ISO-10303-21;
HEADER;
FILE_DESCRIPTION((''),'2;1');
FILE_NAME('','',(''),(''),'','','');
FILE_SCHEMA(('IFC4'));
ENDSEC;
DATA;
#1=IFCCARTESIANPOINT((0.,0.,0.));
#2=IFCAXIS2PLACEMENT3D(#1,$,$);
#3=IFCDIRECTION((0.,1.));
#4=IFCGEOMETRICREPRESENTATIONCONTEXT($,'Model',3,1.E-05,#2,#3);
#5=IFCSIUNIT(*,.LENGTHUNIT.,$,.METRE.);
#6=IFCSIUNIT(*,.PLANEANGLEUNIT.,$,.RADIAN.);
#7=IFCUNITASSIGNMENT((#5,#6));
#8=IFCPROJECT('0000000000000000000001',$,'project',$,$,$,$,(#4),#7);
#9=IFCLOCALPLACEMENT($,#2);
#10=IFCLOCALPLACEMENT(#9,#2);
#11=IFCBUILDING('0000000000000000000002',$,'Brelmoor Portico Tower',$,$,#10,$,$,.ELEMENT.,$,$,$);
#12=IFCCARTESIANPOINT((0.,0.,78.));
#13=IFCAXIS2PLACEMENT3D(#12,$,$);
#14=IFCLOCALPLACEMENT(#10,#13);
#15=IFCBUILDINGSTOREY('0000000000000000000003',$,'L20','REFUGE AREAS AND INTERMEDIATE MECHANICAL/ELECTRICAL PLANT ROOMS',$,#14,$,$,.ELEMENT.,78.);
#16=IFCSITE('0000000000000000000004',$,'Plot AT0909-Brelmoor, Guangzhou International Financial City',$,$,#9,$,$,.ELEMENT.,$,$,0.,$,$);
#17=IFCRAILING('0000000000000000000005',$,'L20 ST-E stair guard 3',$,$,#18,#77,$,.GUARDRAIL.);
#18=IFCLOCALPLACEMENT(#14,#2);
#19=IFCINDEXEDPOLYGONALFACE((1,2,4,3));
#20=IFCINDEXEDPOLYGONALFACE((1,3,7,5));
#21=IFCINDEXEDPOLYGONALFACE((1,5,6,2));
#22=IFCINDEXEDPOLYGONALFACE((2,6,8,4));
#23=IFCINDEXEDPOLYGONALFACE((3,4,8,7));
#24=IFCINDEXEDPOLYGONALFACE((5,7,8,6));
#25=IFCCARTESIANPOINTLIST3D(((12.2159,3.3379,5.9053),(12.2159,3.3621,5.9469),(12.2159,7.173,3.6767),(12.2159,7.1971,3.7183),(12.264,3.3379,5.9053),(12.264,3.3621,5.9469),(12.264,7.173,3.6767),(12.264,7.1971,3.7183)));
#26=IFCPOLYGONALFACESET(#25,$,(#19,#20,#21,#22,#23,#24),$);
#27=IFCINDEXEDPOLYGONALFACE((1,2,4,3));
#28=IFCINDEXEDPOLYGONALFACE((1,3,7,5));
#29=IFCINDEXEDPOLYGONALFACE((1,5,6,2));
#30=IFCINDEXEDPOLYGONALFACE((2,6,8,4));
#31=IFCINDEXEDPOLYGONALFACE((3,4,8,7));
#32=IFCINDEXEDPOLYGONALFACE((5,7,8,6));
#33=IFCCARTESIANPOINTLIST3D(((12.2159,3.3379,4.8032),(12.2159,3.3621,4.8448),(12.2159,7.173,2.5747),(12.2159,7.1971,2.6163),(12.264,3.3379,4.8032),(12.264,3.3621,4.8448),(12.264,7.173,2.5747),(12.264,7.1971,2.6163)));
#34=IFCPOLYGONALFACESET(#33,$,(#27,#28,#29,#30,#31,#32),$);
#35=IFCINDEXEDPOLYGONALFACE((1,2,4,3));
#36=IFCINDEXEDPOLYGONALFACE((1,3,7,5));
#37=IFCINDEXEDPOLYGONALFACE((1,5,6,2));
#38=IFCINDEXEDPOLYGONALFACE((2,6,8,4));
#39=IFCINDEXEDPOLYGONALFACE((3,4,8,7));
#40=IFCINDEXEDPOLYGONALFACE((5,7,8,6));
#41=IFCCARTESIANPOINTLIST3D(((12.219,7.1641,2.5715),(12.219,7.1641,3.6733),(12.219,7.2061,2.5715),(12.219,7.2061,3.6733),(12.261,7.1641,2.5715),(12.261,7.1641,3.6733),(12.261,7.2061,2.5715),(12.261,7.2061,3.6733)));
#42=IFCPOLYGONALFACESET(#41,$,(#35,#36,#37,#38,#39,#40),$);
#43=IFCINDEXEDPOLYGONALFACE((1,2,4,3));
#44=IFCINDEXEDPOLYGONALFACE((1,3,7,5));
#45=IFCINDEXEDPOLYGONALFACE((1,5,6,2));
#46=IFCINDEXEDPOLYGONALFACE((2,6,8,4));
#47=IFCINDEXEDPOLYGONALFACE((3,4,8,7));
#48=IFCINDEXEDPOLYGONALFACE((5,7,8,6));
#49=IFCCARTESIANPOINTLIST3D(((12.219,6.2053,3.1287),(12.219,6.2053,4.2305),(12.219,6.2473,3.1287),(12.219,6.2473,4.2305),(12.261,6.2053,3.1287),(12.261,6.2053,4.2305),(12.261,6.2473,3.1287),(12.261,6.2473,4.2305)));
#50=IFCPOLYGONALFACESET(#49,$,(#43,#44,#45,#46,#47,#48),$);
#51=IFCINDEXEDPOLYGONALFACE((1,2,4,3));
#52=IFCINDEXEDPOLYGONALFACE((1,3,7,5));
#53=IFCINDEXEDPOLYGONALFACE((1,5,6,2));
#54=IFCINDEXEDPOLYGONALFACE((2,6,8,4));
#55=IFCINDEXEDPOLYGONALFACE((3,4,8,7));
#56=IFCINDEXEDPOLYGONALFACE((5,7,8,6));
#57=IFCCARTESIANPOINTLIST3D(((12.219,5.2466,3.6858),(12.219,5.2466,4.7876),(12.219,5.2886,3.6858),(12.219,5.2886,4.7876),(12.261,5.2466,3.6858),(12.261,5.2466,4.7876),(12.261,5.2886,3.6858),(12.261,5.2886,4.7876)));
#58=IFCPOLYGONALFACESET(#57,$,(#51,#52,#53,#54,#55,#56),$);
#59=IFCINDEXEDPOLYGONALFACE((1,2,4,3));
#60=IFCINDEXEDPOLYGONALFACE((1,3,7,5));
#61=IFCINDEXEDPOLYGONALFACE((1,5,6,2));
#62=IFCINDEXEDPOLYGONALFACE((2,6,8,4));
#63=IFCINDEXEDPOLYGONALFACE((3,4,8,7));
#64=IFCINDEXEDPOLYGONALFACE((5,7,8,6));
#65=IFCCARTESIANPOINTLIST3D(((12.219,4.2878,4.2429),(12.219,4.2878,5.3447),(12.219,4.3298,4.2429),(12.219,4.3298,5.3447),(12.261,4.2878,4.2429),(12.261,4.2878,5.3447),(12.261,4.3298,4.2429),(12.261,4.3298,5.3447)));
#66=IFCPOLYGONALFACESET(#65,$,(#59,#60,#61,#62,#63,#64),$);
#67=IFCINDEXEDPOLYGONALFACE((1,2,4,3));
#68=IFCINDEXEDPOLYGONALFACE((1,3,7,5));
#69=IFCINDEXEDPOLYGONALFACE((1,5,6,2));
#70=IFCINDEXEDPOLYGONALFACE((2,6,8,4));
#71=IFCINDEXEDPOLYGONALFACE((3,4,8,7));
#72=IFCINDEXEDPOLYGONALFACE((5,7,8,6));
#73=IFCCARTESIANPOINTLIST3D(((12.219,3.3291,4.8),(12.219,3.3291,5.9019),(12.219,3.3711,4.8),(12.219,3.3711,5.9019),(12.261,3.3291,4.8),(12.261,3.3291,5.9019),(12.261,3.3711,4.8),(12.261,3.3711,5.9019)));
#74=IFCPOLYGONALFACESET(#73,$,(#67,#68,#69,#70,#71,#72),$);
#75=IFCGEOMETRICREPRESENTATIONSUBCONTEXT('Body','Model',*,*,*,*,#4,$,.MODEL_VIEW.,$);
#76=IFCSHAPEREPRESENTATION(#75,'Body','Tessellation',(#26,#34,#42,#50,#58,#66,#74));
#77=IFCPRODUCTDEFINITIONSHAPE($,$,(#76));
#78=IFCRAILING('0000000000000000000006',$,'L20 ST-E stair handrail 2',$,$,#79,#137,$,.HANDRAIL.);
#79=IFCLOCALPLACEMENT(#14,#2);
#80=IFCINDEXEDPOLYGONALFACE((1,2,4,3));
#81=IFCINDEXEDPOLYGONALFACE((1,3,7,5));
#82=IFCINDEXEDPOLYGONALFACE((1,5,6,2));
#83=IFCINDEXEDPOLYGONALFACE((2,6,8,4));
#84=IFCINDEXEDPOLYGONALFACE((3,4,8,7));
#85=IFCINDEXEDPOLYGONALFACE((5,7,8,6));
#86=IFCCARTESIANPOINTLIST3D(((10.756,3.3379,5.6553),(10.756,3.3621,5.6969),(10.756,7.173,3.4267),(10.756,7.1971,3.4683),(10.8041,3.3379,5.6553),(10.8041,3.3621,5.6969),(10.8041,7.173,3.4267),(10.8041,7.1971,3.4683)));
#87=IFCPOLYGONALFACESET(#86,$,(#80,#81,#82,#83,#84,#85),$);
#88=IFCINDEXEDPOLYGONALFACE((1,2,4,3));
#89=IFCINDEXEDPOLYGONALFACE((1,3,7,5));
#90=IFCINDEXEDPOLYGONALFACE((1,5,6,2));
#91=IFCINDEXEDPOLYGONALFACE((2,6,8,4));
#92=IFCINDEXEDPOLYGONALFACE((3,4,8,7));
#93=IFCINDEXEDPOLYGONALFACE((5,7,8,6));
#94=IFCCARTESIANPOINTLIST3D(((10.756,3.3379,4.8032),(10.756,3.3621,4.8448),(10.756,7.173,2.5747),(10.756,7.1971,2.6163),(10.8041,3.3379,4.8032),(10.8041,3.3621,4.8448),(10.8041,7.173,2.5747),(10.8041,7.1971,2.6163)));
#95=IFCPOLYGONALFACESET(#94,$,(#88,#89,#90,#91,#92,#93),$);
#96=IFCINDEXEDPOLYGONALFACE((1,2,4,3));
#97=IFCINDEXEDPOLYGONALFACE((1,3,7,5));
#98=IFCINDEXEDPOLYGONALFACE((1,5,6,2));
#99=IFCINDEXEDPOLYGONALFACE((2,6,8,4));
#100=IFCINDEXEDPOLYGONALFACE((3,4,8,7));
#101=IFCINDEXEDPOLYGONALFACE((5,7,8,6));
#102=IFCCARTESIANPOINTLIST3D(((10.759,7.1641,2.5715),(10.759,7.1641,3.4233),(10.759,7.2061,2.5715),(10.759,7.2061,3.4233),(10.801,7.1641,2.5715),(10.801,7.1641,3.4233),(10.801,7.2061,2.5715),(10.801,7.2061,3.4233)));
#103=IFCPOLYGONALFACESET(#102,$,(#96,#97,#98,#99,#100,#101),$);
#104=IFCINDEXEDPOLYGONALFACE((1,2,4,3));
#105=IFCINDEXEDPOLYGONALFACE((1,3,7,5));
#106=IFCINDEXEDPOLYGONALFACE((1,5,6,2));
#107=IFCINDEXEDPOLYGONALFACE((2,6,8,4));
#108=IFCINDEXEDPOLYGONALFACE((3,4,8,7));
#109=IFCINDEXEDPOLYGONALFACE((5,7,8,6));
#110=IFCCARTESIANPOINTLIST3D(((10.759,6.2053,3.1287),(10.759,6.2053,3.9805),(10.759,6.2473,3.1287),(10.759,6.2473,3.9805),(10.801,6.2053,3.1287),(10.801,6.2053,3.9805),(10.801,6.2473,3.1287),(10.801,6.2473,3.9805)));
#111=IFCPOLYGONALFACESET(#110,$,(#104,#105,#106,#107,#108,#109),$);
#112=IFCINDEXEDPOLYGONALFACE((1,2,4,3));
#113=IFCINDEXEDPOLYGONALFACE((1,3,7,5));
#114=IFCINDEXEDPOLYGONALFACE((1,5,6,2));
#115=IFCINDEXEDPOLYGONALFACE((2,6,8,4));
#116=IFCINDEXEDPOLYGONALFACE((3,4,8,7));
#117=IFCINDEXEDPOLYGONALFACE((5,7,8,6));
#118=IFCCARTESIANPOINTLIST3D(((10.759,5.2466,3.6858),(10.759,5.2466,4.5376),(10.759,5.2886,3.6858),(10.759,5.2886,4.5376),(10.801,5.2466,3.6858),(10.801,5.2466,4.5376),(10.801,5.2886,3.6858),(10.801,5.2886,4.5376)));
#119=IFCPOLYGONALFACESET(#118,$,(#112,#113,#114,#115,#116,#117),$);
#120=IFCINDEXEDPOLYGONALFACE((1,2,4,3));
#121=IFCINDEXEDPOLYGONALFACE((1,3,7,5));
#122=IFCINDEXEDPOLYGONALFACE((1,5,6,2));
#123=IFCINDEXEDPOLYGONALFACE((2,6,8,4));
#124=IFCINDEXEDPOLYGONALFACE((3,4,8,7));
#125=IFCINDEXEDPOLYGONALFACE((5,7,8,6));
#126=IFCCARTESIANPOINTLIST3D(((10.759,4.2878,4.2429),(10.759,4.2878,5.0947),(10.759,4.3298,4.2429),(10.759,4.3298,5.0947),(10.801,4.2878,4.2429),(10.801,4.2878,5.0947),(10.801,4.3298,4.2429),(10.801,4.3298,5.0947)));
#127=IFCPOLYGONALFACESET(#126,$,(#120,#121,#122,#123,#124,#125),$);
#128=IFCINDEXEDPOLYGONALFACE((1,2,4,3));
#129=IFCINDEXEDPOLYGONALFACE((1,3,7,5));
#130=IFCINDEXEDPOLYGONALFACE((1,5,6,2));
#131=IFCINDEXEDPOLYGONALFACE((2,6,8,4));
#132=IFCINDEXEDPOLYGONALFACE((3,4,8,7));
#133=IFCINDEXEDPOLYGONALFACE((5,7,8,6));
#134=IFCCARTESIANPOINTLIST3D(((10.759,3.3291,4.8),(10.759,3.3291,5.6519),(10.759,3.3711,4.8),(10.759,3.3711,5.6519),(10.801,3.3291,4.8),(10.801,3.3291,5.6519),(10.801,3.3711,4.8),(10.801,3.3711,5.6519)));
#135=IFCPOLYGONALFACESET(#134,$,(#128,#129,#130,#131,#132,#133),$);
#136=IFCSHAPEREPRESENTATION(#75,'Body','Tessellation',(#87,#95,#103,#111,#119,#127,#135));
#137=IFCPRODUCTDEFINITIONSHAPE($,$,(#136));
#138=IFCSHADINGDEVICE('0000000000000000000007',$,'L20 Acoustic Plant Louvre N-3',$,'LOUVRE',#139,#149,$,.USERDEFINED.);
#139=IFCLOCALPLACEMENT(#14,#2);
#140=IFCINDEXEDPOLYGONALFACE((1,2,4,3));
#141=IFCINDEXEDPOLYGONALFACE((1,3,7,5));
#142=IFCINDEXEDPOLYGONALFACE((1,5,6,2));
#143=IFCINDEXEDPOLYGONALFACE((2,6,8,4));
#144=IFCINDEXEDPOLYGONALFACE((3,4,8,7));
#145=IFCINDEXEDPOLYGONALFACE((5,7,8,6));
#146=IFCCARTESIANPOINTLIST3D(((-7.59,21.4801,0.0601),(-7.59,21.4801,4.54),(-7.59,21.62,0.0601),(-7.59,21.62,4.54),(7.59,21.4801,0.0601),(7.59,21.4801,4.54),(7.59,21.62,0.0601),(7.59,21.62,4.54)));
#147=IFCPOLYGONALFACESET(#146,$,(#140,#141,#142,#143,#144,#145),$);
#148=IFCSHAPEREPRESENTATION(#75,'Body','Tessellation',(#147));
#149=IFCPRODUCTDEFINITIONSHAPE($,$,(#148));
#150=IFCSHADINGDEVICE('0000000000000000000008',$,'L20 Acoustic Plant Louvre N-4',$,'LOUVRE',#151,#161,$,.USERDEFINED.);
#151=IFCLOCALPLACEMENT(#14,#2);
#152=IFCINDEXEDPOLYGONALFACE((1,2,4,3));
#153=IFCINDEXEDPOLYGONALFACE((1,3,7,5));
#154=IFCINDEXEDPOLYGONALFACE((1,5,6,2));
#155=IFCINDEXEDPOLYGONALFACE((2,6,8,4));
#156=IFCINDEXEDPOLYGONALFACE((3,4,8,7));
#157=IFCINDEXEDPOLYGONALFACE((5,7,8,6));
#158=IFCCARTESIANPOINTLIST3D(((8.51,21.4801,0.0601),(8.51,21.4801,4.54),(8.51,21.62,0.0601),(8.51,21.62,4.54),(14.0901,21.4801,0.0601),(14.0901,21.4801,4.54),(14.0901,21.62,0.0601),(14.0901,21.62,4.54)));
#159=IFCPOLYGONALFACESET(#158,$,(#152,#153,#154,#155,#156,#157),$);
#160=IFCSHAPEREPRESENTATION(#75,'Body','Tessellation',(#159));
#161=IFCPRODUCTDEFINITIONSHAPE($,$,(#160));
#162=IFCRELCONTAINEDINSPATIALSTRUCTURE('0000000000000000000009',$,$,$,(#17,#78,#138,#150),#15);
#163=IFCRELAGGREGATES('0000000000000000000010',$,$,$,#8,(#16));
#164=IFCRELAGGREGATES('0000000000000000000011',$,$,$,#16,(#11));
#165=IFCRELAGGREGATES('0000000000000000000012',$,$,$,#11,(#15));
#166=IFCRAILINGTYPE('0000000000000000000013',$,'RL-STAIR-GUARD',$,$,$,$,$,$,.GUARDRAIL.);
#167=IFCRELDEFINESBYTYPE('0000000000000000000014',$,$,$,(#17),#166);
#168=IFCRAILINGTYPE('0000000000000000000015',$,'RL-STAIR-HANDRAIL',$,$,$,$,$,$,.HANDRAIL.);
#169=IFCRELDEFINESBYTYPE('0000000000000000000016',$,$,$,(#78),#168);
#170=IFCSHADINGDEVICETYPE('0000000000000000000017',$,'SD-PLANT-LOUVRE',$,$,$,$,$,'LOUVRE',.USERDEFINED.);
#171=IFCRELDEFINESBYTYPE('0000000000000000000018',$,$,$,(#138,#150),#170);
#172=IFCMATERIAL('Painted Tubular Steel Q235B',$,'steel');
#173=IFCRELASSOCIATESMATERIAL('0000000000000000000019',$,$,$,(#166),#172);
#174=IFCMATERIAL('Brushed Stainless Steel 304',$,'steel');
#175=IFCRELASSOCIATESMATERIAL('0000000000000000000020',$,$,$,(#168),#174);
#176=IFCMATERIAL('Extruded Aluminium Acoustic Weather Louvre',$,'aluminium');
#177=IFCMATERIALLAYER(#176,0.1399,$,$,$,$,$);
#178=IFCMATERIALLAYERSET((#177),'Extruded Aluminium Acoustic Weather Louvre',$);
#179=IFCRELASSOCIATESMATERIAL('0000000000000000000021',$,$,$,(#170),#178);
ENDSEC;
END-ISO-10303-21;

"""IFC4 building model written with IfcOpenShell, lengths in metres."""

from ifc_helpers import new_model, si_unit, direction, frame, origin, origin_2d, place, context, subcontext, project, spatial, rectangle, extrude, material, layer, layer_set, type_object, element, save


model = new_model("IFC4")

# Units and contexts
model_context = context("Model", 3, precision=1e-05, world=origin(), true_north=direction((0.0, 1.0)))
body_context = subcontext(model_context, "Body", "Model", "MODEL_VIEW")
ifc_project = project(units=[si_unit("LENGTHUNIT", "METRE"), si_unit("PLANEANGLEUNIT", "RADIAN")], contexts=[model_context])

# Site, building, storey
site_placement = place(None, origin())
site = spatial("IfcSite", under=ifc_project, at=site_placement, Name="Plot AT0909-Brelmoor, Guangzhou International Financial City", CompositionType="ELEMENT", RefElevation=0.0)
building_placement = place(site_placement, origin())
building = spatial("IfcBuilding", under=site, at=building_placement, Name="Brelmoor Portico Tower", CompositionType="ELEMENT")
storey_placement = place(building_placement, frame((0.0, 0.0, 78.0)))
storey = spatial("IfcBuildingStorey", under=building, at=storey_placement, Name="L20", Description="REFUGE AREAS AND INTERMEDIATE MECHANICAL/ELECTRICAL PLANT ROOMS", CompositionType="ELEMENT", Elevation=78.0)

# Railings
ifc_material_1 = material(Name="Painted Tubular Steel Q235B", Category="steel")
railing_type_1 = type_object("IfcRailingType", Name="RL-STAIR-GUARD", PredefinedType="GUARDRAIL", material=ifc_material_1)
railing_1_placement = place(storey_placement, frame((12.24, 7.1851, 2.5715)))
element("IfcRailing", 1, at=railing_1_placement, inside=storey, type_object=railing_type_1, Name="L20 ST-E stair guard 3", PredefinedType="GUARDRAIL", context=body_context, shape_type="SweptSolid", body=[
    extrude(rectangle(XDim=0.0481, YDim=0.0481, at=origin_2d()), frame((0.0, 0.0, 1.126), z_axis=(0.0, -0.864616, 0.502433), x_axis=(1.0, 0.0, 0.0)), (0.0, 0.0, 1.0), 4.4355),
    extrude(rectangle(XDim=0.0481, YDim=0.0481, at=origin_2d()), frame((0.0, 0.0, 0.0239), z_axis=(0.0, -0.864616, 0.502433), x_axis=(1.0, 0.0, 0.0)), (0.0, 0.0, 1.0), 4.4355),
    extrude(rectangle(XDim=0.042, YDim=0.042, at=origin_2d()), origin(), (0.0, 0.0, 1.0), 1.1018),
    extrude(rectangle(XDim=0.042, YDim=0.042, at=origin_2d()), frame((0.0, -0.9587, 0.5571)), (0.0, 0.0, 1.0), 1.1018),
    extrude(rectangle(XDim=0.042, YDim=0.042, at=origin_2d()), frame((0.0, -1.9175, 1.1143)), (0.0, 0.0, 1.0), 1.1018),
    extrude(rectangle(XDim=0.042, YDim=0.042, at=origin_2d()), frame((0.0, -2.8762, 1.6714)), (0.0, 0.0, 1.0), 1.1018),
    extrude(rectangle(XDim=0.042, YDim=0.042, at=origin_2d()), frame((0.0, -3.835, 2.2285)), (0.0, 0.0, 1.0), 1.1018),
])
ifc_material_2 = material(Name="Brushed Stainless Steel 304", Category="steel")
railing_type_2 = type_object("IfcRailingType", Name="RL-STAIR-HANDRAIL", PredefinedType="HANDRAIL", material=ifc_material_2)
railing_2_placement = place(storey_placement, frame((10.78, 7.1851, 2.5715)))
element("IfcRailing", 2, at=railing_2_placement, inside=storey, type_object=railing_type_2, Name="L20 ST-E stair handrail 2", PredefinedType="HANDRAIL", context=body_context, shape_type="SweptSolid", body=[
    extrude(rectangle(XDim=0.0481, YDim=0.0481, at=origin_2d()), frame((0.0, 0.0, 0.876), z_axis=(0.0, -0.864616, 0.502433), x_axis=(1.0, 0.0, 0.0)), (0.0, 0.0, 1.0), 4.4355),
    extrude(rectangle(XDim=0.0481, YDim=0.0481, at=origin_2d()), frame((0.0, 0.0, 0.0239), z_axis=(0.0, -0.864616, 0.502433), x_axis=(1.0, 0.0, 0.0)), (0.0, 0.0, 1.0), 4.4355),
    extrude(rectangle(XDim=0.042, YDim=0.042, at=origin_2d()), origin(), (0.0, 0.0, 1.0), 0.8518),
    extrude(rectangle(XDim=0.042, YDim=0.042, at=origin_2d()), frame((0.0, -0.9587, 0.5571)), (0.0, 0.0, 1.0), 0.8518),
    extrude(rectangle(XDim=0.042, YDim=0.042, at=origin_2d()), frame((0.0, -1.9175, 1.1143)), (0.0, 0.0, 1.0), 0.8518),
    extrude(rectangle(XDim=0.042, YDim=0.042, at=origin_2d()), frame((0.0, -2.8762, 1.6714)), (0.0, 0.0, 1.0), 0.8518),
    extrude(rectangle(XDim=0.042, YDim=0.042, at=origin_2d()), frame((0.0, -3.835, 2.2285)), (0.0, 0.0, 1.0), 0.8518),
])

# Shading devices
ifc_material_3 = material(Name="Extruded Aluminium Acoustic Weather Louvre", Category="aluminium")
ifc_layer_1 = layer(ifc_material_3, 0.1399)
ifc_layer_set_1 = layer_set([ifc_layer_1], Name="Extruded Aluminium Acoustic Weather Louvre")
shading_device_type = type_object("IfcShadingDeviceType", Name="SD-PLANT-LOUVRE", ElementType="LOUVRE", PredefinedType="USERDEFINED", material=ifc_layer_set_1)
shading_device_1_placement = place(storey_placement, frame((0.0, 21.55, 0.0601), z_axis=(0.0, 0.0, 1.0), x_axis=(1.0, 0.0, 0.0)))
element("IfcShadingDevice", 3, at=shading_device_1_placement, inside=storey, type_object=shading_device_type, Name="L20 Acoustic Plant Louvre N-3", ObjectType="LOUVRE", PredefinedType="USERDEFINED", context=body_context, shape_type="SweptSolid", body=[
    extrude(rectangle(XDim=15.1799, YDim=0.1399, at=origin_2d()), origin(), (0.0, 0.0, 1.0), 4.48),
])
shading_device_2_placement = place(storey_placement, frame((11.3, 21.55, 0.0601), z_axis=(0.0, 0.0, 1.0), x_axis=(1.0, 0.0, 0.0)))
element("IfcShadingDevice", 4, at=shading_device_2_placement, inside=storey, type_object=shading_device_type, Name="L20 Acoustic Plant Louvre N-4", ObjectType="LOUVRE", PredefinedType="USERDEFINED", context=body_context, shape_type="SweptSolid", body=[
    extrude(rectangle(XDim=5.5801, YDim=0.1399, at=origin_2d()), origin(), (0.0, 0.0, 1.0), 4.48),
])

save(model, "model.ifc")
